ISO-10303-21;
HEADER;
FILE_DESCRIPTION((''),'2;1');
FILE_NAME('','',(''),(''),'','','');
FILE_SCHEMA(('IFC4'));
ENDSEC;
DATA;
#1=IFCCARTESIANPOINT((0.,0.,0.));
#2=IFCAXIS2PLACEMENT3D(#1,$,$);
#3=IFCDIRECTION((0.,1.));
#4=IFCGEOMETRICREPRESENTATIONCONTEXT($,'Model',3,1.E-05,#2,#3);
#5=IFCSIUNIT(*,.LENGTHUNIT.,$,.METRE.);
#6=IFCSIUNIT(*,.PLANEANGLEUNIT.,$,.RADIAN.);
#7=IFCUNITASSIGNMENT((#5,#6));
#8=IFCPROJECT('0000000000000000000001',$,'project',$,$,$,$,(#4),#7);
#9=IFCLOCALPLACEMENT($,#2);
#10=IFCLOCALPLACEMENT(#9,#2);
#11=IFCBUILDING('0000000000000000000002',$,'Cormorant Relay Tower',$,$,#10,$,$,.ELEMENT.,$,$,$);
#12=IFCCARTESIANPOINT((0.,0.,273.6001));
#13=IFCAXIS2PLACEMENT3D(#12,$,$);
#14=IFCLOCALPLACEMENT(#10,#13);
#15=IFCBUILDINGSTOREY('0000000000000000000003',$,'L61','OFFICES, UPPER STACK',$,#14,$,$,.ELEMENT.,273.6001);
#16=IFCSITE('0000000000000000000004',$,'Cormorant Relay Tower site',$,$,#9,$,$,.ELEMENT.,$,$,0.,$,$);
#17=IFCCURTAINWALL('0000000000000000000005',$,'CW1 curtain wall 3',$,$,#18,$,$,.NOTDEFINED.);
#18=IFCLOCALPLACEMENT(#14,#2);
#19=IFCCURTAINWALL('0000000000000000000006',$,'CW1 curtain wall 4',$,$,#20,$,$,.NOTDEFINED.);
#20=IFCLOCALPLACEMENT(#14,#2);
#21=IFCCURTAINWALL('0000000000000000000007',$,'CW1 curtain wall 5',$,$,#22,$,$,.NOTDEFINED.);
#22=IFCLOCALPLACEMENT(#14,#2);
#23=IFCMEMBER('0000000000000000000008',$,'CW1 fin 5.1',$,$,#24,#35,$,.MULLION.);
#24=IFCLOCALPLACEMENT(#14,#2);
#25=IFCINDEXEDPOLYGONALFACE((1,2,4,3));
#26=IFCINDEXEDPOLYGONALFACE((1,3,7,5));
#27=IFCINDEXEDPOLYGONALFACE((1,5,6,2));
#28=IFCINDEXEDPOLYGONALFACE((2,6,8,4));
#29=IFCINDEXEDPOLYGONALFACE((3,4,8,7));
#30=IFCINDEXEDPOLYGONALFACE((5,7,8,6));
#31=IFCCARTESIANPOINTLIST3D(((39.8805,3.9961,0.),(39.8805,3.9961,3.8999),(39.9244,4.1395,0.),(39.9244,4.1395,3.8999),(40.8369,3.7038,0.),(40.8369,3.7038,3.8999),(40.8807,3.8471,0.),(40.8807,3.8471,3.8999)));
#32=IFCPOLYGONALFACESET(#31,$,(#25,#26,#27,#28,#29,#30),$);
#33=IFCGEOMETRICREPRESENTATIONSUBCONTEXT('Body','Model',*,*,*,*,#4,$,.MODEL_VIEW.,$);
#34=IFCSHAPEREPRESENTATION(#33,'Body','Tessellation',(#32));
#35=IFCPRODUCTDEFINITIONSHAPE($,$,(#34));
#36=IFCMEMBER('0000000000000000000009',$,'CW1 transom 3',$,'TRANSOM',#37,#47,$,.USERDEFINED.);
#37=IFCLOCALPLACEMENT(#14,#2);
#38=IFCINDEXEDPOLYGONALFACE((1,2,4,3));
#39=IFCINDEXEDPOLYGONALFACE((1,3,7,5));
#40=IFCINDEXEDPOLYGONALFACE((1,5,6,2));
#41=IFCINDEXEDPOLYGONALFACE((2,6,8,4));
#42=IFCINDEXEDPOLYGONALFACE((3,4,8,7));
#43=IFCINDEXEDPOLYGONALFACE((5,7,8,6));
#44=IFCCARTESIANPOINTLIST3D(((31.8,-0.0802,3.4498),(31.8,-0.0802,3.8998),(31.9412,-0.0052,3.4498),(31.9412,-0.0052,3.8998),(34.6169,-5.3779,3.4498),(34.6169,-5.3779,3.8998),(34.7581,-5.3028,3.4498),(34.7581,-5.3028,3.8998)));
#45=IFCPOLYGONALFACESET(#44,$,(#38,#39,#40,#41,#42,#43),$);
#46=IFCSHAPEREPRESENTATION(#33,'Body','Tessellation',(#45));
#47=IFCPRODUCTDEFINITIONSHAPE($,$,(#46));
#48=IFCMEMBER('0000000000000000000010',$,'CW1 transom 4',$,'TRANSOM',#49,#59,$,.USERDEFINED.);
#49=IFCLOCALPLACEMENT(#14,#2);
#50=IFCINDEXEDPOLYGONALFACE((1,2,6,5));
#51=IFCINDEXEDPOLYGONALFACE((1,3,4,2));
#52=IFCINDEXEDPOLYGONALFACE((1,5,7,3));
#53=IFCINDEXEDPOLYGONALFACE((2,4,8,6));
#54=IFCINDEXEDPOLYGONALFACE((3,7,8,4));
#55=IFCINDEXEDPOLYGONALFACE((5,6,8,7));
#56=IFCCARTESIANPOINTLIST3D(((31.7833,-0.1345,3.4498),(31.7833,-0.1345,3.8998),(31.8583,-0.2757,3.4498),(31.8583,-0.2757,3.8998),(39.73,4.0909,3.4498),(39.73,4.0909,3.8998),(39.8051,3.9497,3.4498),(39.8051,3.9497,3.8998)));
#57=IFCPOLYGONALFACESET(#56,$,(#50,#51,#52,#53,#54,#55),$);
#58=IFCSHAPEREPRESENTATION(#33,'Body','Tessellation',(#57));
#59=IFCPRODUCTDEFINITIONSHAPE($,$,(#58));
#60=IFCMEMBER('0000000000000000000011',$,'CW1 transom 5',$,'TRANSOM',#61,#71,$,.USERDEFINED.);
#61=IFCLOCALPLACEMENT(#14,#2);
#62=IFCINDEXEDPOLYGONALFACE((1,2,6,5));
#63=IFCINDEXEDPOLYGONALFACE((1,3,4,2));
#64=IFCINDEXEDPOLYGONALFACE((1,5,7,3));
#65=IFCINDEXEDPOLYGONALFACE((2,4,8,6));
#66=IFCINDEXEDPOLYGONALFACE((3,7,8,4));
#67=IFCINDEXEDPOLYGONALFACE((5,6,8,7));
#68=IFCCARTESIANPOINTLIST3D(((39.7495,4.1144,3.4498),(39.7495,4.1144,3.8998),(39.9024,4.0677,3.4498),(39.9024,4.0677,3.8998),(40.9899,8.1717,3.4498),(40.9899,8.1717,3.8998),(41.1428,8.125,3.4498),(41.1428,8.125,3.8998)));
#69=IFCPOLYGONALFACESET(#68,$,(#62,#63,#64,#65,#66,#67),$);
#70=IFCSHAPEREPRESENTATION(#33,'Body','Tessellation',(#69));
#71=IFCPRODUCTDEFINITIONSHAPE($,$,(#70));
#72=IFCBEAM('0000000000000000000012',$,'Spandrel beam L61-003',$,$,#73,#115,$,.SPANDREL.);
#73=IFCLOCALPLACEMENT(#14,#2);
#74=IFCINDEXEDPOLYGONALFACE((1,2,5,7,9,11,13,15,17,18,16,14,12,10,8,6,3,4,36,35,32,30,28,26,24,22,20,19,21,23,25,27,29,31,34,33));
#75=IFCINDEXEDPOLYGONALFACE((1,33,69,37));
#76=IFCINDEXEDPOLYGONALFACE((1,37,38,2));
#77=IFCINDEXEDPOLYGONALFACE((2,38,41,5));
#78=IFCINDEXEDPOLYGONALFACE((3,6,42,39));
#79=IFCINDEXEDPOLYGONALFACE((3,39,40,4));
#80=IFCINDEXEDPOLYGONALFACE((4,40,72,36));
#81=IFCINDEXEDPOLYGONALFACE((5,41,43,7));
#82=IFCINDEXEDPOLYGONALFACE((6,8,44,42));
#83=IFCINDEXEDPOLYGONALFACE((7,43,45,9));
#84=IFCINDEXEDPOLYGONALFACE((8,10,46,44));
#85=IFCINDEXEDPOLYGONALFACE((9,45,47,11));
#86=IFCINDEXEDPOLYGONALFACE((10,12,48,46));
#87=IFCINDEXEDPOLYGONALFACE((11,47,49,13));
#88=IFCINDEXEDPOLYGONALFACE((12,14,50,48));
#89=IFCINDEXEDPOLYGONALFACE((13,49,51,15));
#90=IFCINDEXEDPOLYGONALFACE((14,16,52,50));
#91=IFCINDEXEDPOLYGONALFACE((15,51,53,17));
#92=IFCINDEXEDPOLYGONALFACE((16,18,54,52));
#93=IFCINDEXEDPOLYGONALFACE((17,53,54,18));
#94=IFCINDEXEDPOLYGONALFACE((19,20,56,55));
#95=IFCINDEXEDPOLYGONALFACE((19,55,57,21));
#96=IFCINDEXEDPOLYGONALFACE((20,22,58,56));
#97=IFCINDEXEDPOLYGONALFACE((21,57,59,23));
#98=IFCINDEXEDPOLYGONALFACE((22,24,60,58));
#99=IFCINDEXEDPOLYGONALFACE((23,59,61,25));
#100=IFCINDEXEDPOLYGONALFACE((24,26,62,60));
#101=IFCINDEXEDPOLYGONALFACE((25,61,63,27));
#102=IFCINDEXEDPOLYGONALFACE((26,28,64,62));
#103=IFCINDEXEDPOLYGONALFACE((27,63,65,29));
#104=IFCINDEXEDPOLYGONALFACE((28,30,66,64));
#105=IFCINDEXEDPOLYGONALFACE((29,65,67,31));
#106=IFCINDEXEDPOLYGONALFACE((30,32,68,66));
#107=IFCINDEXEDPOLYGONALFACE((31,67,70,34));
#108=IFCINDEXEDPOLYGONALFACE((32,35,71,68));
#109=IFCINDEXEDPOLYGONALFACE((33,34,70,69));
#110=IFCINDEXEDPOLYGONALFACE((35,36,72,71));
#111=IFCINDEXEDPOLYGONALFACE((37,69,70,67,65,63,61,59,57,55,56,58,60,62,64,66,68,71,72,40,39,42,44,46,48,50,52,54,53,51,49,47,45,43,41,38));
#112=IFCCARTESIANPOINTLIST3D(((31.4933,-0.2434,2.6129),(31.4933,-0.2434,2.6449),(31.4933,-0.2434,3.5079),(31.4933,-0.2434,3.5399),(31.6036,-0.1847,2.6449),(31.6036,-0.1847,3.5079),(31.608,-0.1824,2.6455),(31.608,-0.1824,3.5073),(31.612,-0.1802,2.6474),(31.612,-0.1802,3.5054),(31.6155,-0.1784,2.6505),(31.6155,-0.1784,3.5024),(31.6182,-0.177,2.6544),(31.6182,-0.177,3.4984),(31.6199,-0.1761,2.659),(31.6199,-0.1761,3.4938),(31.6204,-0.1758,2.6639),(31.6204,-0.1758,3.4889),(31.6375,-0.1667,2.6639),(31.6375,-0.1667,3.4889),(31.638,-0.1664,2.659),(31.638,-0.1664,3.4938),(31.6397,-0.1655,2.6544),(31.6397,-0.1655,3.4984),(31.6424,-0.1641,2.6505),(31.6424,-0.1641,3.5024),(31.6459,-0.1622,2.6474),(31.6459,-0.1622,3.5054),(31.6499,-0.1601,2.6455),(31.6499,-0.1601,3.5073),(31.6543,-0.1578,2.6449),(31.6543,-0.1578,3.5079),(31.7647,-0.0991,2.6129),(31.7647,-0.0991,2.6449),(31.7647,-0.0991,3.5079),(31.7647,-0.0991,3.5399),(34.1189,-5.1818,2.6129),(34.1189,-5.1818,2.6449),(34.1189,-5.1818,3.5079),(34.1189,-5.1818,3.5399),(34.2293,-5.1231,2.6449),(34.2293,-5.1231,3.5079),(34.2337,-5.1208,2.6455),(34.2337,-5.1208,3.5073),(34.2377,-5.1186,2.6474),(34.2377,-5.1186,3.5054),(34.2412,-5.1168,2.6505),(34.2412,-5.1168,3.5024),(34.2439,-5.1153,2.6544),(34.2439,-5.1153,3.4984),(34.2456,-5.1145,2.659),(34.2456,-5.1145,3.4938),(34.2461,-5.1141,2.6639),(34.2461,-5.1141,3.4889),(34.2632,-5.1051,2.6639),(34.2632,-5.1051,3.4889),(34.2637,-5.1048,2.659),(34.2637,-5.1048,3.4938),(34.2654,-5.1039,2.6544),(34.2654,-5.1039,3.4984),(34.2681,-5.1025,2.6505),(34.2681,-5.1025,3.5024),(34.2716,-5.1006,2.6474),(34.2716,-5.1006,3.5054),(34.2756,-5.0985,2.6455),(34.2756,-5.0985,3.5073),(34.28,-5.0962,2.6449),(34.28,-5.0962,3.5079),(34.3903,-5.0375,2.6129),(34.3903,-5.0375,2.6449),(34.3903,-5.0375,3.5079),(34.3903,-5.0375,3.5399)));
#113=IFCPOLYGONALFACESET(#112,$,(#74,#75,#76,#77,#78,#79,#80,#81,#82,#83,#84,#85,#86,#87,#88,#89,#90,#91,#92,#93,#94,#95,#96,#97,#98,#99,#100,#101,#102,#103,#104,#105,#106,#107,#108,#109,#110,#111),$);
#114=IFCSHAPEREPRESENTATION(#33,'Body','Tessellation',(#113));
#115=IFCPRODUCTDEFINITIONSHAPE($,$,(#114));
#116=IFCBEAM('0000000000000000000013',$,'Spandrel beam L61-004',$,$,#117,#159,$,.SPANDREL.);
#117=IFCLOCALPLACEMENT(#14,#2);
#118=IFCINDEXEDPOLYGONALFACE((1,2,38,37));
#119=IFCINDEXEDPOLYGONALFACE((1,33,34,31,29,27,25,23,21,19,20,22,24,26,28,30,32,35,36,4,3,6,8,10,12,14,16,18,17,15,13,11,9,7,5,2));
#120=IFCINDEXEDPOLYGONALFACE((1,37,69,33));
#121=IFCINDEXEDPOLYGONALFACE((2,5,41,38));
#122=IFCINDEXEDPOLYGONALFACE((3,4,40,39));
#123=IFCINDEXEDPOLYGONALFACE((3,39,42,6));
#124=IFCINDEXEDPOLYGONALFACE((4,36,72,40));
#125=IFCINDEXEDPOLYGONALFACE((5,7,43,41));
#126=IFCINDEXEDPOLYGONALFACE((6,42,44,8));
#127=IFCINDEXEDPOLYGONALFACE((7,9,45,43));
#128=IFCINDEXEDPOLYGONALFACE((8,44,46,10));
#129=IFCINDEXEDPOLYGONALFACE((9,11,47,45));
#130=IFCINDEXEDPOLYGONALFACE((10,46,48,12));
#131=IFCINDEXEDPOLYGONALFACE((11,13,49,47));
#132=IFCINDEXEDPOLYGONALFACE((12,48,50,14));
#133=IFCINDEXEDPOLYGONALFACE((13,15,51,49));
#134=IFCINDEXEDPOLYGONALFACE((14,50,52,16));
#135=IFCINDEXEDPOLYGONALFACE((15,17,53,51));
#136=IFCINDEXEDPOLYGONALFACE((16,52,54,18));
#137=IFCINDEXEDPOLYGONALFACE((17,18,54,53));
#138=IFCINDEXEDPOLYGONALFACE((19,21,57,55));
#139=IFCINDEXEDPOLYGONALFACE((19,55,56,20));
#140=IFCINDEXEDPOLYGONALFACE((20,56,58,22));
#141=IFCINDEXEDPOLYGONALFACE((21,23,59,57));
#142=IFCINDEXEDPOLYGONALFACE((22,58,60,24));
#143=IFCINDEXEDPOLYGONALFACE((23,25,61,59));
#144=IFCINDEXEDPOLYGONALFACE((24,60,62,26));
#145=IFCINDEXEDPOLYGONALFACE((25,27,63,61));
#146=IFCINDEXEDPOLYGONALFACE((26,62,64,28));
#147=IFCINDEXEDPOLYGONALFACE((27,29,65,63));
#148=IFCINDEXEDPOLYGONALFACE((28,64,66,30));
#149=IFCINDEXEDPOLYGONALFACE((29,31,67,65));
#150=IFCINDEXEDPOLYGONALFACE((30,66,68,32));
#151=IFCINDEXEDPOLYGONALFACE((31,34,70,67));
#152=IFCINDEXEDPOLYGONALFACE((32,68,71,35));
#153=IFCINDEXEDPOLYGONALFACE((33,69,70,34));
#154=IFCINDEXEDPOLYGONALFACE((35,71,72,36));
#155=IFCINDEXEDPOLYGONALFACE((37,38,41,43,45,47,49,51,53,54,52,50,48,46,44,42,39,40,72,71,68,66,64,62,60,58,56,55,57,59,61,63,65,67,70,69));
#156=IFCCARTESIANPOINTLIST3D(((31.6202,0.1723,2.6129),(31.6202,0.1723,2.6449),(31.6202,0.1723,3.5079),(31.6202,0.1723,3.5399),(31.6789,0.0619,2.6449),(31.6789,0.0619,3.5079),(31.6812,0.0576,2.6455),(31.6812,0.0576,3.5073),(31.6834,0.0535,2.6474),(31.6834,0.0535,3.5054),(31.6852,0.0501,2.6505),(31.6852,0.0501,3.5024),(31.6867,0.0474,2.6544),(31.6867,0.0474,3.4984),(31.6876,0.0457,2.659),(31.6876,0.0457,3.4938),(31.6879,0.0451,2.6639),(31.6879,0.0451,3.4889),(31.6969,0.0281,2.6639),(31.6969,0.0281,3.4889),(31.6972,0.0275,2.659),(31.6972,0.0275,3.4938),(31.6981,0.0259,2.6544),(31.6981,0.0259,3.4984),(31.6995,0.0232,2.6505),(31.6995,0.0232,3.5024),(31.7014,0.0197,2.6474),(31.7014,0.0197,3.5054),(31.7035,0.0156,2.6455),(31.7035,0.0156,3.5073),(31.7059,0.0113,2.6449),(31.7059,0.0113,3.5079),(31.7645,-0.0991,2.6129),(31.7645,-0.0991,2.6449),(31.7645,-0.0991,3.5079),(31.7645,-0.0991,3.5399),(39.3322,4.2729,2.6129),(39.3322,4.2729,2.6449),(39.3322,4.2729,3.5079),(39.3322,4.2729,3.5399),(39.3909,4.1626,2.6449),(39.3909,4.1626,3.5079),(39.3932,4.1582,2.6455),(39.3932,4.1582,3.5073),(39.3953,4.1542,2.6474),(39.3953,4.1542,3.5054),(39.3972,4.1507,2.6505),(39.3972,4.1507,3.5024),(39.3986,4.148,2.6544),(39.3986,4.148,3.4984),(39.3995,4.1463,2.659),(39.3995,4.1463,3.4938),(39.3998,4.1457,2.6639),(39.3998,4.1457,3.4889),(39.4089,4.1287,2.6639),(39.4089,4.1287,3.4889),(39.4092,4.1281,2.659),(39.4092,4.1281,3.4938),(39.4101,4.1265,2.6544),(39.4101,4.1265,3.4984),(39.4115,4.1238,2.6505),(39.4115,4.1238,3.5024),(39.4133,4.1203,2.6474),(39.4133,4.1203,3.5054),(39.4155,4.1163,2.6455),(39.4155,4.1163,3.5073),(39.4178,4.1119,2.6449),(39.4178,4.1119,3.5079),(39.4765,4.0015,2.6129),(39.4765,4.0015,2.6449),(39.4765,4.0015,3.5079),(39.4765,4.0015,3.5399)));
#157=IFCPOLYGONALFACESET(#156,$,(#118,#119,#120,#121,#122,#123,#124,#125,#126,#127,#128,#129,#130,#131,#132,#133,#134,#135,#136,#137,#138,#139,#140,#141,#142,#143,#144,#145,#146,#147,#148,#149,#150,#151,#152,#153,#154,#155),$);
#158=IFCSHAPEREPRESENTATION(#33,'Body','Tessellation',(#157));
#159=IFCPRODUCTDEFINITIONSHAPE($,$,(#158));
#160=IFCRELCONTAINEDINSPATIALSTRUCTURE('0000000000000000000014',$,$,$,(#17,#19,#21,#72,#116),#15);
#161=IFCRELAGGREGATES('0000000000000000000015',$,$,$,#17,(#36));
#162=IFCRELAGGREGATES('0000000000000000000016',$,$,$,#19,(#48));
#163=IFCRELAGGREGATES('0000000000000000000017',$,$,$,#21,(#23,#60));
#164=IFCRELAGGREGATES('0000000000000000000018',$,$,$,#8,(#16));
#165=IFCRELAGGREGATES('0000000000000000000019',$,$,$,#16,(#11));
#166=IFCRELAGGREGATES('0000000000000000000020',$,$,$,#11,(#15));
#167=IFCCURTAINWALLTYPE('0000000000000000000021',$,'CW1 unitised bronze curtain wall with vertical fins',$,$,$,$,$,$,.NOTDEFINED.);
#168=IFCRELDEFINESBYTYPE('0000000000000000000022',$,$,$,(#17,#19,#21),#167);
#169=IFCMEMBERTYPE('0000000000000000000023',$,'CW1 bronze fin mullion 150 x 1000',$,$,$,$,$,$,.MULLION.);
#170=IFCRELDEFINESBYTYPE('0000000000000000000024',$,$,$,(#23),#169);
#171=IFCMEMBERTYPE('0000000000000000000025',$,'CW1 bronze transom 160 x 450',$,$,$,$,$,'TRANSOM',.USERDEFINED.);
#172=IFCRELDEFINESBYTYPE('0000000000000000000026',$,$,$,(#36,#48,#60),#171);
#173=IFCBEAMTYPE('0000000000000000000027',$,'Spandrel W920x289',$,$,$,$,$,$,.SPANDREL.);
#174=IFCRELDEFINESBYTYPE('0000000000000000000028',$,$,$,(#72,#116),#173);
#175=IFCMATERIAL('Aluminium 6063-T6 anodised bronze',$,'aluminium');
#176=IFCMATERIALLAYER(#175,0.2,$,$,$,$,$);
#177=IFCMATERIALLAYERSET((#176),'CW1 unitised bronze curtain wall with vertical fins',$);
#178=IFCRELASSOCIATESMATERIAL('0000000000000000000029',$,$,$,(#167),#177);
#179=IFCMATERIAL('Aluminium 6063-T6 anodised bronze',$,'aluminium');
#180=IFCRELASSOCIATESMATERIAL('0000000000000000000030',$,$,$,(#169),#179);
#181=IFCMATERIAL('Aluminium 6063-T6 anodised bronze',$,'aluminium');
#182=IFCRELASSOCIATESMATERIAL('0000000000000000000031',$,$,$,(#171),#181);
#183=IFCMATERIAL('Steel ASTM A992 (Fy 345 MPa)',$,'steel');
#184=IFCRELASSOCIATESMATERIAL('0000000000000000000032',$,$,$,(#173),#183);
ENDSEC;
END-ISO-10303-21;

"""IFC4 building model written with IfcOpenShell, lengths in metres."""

from ifc_helpers import new_model, si_unit, direction, frame, origin, origin_2d, place, context, subcontext, project, spatial, rectangle, i_section, extrude, material, layer, layer_set, material_profile, profile_set, type_object, element, aggregate, save


model = new_model("IFC4")

# Units and contexts
model_context = context("Model", 3, precision=1e-05, world=origin(), true_north=direction((0.0, 1.0)))
body_context = subcontext(model_context, "Body", "Model", "MODEL_VIEW")
ifc_project = project(units=[si_unit("LENGTHUNIT", "METRE"), si_unit("PLANEANGLEUNIT", "RADIAN")], contexts=[model_context])

# Site, building, storey
site_placement = place(None, origin())
site = spatial("IfcSite", under=ifc_project, at=site_placement, Name="Cormorant Relay Tower site", CompositionType="ELEMENT", RefElevation=0.0)
building_placement = place(site_placement, origin())
building = spatial("IfcBuilding", under=site, at=building_placement, Name="Cormorant Relay Tower", CompositionType="ELEMENT")
storey_placement = place(building_placement, frame((0.0, 0.0, 273.6001)))
storey = spatial("IfcBuildingStorey", under=building, at=storey_placement, Name="L61", Description="OFFICES, UPPER STACK", CompositionType="ELEMENT", Elevation=273.6001)

# Curtain wall
ifc_material_1 = material(Name="Aluminium 6063-T6 anodised bronze", Category="aluminium")
ifc_layer_1 = layer(ifc_material_1, 0.2)
ifc_layer_set_1 = layer_set([ifc_layer_1], Name="CW1 unitised bronze curtain wall with vertical fins")
curtain_wall_type = type_object("IfcCurtainWallType", Name="CW1 unitised bronze curtain wall with vertical fins", PredefinedType="NOTDEFINED", material=ifc_layer_set_1)
ifc_material_2 = material(Name="Aluminium 6063-T6 anodised bronze", Category="aluminium")
ifc_material_profile_1 = material_profile(ifc_material_2, rectangle(XDim=0.1499, YDim=1.0, at=origin_2d()), Name="AL 150x1000")
ifc_profile_set_1 = profile_set([ifc_material_profile_1], Name="Aluminium 6063-T6 anodised bronze")
member_type_1 = type_object("IfcMemberType", Name="CW1 bronze fin mullion 150 x 1000", PredefinedType="MULLION", material=ifc_profile_set_1)
curtain_wall_1_placement = place(storey_placement, origin())
curtain_wall_1 = element("IfcCurtainWall", 1, at=curtain_wall_1_placement, inside=storey, type_object=curtain_wall_type, Name="CW1 curtain wall 3", PredefinedType="NOTDEFINED")

# Curtain wall
curtain_wall_2_placement = place(storey_placement, origin())
curtain_wall_2 = element("IfcCurtainWall", 2, at=curtain_wall_2_placement, inside=storey, type_object=curtain_wall_type, Name="CW1 curtain wall 4", PredefinedType="NOTDEFINED")

# Curtain wall, member
curtain_wall_3_placement = place(storey_placement, origin())
curtain_wall_3 = element("IfcCurtainWall", 3, at=curtain_wall_3_placement, inside=storey, type_object=curtain_wall_type, Name="CW1 curtain wall 5", PredefinedType="NOTDEFINED")
member_1_placement = place(storey_placement, frame((40.3806, 3.9216, 0.0), z_axis=(0.0, 0.0, 1.0), x_axis=(0.292372, 0.956305, 0.0)))
member_1 = element("IfcMember", 4, at=member_1_placement, type_object=member_type_1, Name="CW1 fin 5.1", PredefinedType="MULLION", context=body_context, shape_type="SweptSolid", body=[
    extrude(rectangle(XDim=0.1499, YDim=1.0, at=origin_2d()), origin(), (0.0, 0.0, 1.0), 3.8999),
])

# Members
ifc_material_3 = material(Name="Aluminium 6063-T6 anodised bronze", Category="aluminium")
ifc_material_profile_2 = material_profile(ifc_material_3, rectangle(XDim=0.1599, YDim=0.45, at=origin_2d()), Name="AL 160x450")
ifc_profile_set_2 = profile_set([ifc_material_profile_2], Name="Aluminium 6063-T6 anodised bronze")
member_type_2 = type_object("IfcMemberType", Name="CW1 bronze transom 160 x 450", ElementType="TRANSOM", PredefinedType="USERDEFINED", material=ifc_profile_set_2)
member_2_placement = place(storey_placement, frame((34.6875, -5.3403, 3.6748), z_axis=(-0.469485, 0.88294, 0.0), x_axis=(-0.88294, -0.469485, 0.0)))
member_2 = element("IfcMember", 5, at=member_2_placement, type_object=member_type_2, Name="CW1 transom 3", ObjectType="TRANSOM", PredefinedType="USERDEFINED", context=body_context, shape_type="SweptSolid", body=[
    extrude(rectangle(XDim=0.1599, YDim=0.45, at=origin_2d()), origin(), (0.0, 0.0, 1.0), 6.0),
])
member_3_placement = place(storey_placement, frame((31.8208, -0.2051, 3.6748), z_axis=(0.882949, 0.469469, 0.0), x_axis=(-0.469469, 0.882949, 0.0)))
member_3 = element("IfcMember", 6, at=member_3_placement, type_object=member_type_2, Name="CW1 transom 4", ObjectType="TRANSOM", PredefinedType="USERDEFINED", context=body_context, shape_type="SweptSolid", body=[
    extrude(rectangle(XDim=0.1599, YDim=0.45, at=origin_2d()), origin(), (0.0, 0.0, 1.0), 9.0002),
])
member_4_placement = place(storey_placement, frame((39.8259, 4.0911, 3.6748), z_axis=(0.292375, 0.956304, 0.0), x_axis=(-0.956304, 0.292375, 0.0)))
member_4 = element("IfcMember", 7, at=member_4_placement, type_object=member_type_2, Name="CW1 transom 5", ObjectType="TRANSOM", PredefinedType="USERDEFINED", context=body_context, shape_type="SweptSolid", body=[
    extrude(rectangle(XDim=0.1599, YDim=0.45, at=origin_2d()), origin(), (0.0, 0.0, 1.0), 4.2427),
])

# Beams
ifc_material_4 = material(Name="Steel ASTM A992 (Fy 345 MPa)", Category="steel")
ifc_material_profile_3 = material_profile(ifc_material_4, i_section(OverallWidth=0.3074, OverallDepth=0.927, WebThickness=0.0193, FlangeThickness=0.032, FilletRadius=0.019, at=origin_2d()), Name="W920x289")
ifc_profile_set_3 = profile_set([ifc_material_profile_3], Name="Steel ASTM A992 (Fy 345 MPa)")
beam_type = type_object("IfcBeamType", Name="Spandrel W920x289", PredefinedType="SPANDREL", material=ifc_profile_set_3)
beam_1_placement = place(storey_placement, frame((34.2546, -5.1096, 3.0764), z_axis=(-0.469457, 0.882955, 0.0), x_axis=(-0.882955, -0.469457, 0.0)))
element("IfcBeam", 8, at=beam_1_placement, inside=storey, type_object=beam_type, Name="Spandrel beam L61-003", PredefinedType="SPANDREL", context=body_context, shape_type="SweptSolid", body=[
    extrude(i_section(OverallWidth=0.3074, OverallDepth=0.927, WebThickness=0.0193, FlangeThickness=0.032, FilletRadius=0.019, at=origin_2d()), origin(), (0.0, 0.0, 1.0), 5.593),
])
beam_2_placement = place(storey_placement, frame((31.6924, 0.0366, 3.0764), z_axis=(0.882943, 0.469479, 0.0), x_axis=(-0.469479, 0.882943, 0.0)))
element("IfcBeam", 9, at=beam_2_placement, inside=storey, type_object=beam_type, Name="Spandrel beam L61-004", PredefinedType="SPANDREL", context=body_context, shape_type="SweptSolid", body=[
    extrude(i_section(OverallWidth=0.3074, OverallDepth=0.927, WebThickness=0.0193, FlangeThickness=0.032, FilletRadius=0.019, at=origin_2d()), origin(), (0.0, 0.0, 1.0), 8.7344),
])

aggregate(curtain_wall_1, [member_2])

aggregate(curtain_wall_2, [member_3])
aggregate(curtain_wall_3, [member_1, member_4])

save(model, "model.ifc")
